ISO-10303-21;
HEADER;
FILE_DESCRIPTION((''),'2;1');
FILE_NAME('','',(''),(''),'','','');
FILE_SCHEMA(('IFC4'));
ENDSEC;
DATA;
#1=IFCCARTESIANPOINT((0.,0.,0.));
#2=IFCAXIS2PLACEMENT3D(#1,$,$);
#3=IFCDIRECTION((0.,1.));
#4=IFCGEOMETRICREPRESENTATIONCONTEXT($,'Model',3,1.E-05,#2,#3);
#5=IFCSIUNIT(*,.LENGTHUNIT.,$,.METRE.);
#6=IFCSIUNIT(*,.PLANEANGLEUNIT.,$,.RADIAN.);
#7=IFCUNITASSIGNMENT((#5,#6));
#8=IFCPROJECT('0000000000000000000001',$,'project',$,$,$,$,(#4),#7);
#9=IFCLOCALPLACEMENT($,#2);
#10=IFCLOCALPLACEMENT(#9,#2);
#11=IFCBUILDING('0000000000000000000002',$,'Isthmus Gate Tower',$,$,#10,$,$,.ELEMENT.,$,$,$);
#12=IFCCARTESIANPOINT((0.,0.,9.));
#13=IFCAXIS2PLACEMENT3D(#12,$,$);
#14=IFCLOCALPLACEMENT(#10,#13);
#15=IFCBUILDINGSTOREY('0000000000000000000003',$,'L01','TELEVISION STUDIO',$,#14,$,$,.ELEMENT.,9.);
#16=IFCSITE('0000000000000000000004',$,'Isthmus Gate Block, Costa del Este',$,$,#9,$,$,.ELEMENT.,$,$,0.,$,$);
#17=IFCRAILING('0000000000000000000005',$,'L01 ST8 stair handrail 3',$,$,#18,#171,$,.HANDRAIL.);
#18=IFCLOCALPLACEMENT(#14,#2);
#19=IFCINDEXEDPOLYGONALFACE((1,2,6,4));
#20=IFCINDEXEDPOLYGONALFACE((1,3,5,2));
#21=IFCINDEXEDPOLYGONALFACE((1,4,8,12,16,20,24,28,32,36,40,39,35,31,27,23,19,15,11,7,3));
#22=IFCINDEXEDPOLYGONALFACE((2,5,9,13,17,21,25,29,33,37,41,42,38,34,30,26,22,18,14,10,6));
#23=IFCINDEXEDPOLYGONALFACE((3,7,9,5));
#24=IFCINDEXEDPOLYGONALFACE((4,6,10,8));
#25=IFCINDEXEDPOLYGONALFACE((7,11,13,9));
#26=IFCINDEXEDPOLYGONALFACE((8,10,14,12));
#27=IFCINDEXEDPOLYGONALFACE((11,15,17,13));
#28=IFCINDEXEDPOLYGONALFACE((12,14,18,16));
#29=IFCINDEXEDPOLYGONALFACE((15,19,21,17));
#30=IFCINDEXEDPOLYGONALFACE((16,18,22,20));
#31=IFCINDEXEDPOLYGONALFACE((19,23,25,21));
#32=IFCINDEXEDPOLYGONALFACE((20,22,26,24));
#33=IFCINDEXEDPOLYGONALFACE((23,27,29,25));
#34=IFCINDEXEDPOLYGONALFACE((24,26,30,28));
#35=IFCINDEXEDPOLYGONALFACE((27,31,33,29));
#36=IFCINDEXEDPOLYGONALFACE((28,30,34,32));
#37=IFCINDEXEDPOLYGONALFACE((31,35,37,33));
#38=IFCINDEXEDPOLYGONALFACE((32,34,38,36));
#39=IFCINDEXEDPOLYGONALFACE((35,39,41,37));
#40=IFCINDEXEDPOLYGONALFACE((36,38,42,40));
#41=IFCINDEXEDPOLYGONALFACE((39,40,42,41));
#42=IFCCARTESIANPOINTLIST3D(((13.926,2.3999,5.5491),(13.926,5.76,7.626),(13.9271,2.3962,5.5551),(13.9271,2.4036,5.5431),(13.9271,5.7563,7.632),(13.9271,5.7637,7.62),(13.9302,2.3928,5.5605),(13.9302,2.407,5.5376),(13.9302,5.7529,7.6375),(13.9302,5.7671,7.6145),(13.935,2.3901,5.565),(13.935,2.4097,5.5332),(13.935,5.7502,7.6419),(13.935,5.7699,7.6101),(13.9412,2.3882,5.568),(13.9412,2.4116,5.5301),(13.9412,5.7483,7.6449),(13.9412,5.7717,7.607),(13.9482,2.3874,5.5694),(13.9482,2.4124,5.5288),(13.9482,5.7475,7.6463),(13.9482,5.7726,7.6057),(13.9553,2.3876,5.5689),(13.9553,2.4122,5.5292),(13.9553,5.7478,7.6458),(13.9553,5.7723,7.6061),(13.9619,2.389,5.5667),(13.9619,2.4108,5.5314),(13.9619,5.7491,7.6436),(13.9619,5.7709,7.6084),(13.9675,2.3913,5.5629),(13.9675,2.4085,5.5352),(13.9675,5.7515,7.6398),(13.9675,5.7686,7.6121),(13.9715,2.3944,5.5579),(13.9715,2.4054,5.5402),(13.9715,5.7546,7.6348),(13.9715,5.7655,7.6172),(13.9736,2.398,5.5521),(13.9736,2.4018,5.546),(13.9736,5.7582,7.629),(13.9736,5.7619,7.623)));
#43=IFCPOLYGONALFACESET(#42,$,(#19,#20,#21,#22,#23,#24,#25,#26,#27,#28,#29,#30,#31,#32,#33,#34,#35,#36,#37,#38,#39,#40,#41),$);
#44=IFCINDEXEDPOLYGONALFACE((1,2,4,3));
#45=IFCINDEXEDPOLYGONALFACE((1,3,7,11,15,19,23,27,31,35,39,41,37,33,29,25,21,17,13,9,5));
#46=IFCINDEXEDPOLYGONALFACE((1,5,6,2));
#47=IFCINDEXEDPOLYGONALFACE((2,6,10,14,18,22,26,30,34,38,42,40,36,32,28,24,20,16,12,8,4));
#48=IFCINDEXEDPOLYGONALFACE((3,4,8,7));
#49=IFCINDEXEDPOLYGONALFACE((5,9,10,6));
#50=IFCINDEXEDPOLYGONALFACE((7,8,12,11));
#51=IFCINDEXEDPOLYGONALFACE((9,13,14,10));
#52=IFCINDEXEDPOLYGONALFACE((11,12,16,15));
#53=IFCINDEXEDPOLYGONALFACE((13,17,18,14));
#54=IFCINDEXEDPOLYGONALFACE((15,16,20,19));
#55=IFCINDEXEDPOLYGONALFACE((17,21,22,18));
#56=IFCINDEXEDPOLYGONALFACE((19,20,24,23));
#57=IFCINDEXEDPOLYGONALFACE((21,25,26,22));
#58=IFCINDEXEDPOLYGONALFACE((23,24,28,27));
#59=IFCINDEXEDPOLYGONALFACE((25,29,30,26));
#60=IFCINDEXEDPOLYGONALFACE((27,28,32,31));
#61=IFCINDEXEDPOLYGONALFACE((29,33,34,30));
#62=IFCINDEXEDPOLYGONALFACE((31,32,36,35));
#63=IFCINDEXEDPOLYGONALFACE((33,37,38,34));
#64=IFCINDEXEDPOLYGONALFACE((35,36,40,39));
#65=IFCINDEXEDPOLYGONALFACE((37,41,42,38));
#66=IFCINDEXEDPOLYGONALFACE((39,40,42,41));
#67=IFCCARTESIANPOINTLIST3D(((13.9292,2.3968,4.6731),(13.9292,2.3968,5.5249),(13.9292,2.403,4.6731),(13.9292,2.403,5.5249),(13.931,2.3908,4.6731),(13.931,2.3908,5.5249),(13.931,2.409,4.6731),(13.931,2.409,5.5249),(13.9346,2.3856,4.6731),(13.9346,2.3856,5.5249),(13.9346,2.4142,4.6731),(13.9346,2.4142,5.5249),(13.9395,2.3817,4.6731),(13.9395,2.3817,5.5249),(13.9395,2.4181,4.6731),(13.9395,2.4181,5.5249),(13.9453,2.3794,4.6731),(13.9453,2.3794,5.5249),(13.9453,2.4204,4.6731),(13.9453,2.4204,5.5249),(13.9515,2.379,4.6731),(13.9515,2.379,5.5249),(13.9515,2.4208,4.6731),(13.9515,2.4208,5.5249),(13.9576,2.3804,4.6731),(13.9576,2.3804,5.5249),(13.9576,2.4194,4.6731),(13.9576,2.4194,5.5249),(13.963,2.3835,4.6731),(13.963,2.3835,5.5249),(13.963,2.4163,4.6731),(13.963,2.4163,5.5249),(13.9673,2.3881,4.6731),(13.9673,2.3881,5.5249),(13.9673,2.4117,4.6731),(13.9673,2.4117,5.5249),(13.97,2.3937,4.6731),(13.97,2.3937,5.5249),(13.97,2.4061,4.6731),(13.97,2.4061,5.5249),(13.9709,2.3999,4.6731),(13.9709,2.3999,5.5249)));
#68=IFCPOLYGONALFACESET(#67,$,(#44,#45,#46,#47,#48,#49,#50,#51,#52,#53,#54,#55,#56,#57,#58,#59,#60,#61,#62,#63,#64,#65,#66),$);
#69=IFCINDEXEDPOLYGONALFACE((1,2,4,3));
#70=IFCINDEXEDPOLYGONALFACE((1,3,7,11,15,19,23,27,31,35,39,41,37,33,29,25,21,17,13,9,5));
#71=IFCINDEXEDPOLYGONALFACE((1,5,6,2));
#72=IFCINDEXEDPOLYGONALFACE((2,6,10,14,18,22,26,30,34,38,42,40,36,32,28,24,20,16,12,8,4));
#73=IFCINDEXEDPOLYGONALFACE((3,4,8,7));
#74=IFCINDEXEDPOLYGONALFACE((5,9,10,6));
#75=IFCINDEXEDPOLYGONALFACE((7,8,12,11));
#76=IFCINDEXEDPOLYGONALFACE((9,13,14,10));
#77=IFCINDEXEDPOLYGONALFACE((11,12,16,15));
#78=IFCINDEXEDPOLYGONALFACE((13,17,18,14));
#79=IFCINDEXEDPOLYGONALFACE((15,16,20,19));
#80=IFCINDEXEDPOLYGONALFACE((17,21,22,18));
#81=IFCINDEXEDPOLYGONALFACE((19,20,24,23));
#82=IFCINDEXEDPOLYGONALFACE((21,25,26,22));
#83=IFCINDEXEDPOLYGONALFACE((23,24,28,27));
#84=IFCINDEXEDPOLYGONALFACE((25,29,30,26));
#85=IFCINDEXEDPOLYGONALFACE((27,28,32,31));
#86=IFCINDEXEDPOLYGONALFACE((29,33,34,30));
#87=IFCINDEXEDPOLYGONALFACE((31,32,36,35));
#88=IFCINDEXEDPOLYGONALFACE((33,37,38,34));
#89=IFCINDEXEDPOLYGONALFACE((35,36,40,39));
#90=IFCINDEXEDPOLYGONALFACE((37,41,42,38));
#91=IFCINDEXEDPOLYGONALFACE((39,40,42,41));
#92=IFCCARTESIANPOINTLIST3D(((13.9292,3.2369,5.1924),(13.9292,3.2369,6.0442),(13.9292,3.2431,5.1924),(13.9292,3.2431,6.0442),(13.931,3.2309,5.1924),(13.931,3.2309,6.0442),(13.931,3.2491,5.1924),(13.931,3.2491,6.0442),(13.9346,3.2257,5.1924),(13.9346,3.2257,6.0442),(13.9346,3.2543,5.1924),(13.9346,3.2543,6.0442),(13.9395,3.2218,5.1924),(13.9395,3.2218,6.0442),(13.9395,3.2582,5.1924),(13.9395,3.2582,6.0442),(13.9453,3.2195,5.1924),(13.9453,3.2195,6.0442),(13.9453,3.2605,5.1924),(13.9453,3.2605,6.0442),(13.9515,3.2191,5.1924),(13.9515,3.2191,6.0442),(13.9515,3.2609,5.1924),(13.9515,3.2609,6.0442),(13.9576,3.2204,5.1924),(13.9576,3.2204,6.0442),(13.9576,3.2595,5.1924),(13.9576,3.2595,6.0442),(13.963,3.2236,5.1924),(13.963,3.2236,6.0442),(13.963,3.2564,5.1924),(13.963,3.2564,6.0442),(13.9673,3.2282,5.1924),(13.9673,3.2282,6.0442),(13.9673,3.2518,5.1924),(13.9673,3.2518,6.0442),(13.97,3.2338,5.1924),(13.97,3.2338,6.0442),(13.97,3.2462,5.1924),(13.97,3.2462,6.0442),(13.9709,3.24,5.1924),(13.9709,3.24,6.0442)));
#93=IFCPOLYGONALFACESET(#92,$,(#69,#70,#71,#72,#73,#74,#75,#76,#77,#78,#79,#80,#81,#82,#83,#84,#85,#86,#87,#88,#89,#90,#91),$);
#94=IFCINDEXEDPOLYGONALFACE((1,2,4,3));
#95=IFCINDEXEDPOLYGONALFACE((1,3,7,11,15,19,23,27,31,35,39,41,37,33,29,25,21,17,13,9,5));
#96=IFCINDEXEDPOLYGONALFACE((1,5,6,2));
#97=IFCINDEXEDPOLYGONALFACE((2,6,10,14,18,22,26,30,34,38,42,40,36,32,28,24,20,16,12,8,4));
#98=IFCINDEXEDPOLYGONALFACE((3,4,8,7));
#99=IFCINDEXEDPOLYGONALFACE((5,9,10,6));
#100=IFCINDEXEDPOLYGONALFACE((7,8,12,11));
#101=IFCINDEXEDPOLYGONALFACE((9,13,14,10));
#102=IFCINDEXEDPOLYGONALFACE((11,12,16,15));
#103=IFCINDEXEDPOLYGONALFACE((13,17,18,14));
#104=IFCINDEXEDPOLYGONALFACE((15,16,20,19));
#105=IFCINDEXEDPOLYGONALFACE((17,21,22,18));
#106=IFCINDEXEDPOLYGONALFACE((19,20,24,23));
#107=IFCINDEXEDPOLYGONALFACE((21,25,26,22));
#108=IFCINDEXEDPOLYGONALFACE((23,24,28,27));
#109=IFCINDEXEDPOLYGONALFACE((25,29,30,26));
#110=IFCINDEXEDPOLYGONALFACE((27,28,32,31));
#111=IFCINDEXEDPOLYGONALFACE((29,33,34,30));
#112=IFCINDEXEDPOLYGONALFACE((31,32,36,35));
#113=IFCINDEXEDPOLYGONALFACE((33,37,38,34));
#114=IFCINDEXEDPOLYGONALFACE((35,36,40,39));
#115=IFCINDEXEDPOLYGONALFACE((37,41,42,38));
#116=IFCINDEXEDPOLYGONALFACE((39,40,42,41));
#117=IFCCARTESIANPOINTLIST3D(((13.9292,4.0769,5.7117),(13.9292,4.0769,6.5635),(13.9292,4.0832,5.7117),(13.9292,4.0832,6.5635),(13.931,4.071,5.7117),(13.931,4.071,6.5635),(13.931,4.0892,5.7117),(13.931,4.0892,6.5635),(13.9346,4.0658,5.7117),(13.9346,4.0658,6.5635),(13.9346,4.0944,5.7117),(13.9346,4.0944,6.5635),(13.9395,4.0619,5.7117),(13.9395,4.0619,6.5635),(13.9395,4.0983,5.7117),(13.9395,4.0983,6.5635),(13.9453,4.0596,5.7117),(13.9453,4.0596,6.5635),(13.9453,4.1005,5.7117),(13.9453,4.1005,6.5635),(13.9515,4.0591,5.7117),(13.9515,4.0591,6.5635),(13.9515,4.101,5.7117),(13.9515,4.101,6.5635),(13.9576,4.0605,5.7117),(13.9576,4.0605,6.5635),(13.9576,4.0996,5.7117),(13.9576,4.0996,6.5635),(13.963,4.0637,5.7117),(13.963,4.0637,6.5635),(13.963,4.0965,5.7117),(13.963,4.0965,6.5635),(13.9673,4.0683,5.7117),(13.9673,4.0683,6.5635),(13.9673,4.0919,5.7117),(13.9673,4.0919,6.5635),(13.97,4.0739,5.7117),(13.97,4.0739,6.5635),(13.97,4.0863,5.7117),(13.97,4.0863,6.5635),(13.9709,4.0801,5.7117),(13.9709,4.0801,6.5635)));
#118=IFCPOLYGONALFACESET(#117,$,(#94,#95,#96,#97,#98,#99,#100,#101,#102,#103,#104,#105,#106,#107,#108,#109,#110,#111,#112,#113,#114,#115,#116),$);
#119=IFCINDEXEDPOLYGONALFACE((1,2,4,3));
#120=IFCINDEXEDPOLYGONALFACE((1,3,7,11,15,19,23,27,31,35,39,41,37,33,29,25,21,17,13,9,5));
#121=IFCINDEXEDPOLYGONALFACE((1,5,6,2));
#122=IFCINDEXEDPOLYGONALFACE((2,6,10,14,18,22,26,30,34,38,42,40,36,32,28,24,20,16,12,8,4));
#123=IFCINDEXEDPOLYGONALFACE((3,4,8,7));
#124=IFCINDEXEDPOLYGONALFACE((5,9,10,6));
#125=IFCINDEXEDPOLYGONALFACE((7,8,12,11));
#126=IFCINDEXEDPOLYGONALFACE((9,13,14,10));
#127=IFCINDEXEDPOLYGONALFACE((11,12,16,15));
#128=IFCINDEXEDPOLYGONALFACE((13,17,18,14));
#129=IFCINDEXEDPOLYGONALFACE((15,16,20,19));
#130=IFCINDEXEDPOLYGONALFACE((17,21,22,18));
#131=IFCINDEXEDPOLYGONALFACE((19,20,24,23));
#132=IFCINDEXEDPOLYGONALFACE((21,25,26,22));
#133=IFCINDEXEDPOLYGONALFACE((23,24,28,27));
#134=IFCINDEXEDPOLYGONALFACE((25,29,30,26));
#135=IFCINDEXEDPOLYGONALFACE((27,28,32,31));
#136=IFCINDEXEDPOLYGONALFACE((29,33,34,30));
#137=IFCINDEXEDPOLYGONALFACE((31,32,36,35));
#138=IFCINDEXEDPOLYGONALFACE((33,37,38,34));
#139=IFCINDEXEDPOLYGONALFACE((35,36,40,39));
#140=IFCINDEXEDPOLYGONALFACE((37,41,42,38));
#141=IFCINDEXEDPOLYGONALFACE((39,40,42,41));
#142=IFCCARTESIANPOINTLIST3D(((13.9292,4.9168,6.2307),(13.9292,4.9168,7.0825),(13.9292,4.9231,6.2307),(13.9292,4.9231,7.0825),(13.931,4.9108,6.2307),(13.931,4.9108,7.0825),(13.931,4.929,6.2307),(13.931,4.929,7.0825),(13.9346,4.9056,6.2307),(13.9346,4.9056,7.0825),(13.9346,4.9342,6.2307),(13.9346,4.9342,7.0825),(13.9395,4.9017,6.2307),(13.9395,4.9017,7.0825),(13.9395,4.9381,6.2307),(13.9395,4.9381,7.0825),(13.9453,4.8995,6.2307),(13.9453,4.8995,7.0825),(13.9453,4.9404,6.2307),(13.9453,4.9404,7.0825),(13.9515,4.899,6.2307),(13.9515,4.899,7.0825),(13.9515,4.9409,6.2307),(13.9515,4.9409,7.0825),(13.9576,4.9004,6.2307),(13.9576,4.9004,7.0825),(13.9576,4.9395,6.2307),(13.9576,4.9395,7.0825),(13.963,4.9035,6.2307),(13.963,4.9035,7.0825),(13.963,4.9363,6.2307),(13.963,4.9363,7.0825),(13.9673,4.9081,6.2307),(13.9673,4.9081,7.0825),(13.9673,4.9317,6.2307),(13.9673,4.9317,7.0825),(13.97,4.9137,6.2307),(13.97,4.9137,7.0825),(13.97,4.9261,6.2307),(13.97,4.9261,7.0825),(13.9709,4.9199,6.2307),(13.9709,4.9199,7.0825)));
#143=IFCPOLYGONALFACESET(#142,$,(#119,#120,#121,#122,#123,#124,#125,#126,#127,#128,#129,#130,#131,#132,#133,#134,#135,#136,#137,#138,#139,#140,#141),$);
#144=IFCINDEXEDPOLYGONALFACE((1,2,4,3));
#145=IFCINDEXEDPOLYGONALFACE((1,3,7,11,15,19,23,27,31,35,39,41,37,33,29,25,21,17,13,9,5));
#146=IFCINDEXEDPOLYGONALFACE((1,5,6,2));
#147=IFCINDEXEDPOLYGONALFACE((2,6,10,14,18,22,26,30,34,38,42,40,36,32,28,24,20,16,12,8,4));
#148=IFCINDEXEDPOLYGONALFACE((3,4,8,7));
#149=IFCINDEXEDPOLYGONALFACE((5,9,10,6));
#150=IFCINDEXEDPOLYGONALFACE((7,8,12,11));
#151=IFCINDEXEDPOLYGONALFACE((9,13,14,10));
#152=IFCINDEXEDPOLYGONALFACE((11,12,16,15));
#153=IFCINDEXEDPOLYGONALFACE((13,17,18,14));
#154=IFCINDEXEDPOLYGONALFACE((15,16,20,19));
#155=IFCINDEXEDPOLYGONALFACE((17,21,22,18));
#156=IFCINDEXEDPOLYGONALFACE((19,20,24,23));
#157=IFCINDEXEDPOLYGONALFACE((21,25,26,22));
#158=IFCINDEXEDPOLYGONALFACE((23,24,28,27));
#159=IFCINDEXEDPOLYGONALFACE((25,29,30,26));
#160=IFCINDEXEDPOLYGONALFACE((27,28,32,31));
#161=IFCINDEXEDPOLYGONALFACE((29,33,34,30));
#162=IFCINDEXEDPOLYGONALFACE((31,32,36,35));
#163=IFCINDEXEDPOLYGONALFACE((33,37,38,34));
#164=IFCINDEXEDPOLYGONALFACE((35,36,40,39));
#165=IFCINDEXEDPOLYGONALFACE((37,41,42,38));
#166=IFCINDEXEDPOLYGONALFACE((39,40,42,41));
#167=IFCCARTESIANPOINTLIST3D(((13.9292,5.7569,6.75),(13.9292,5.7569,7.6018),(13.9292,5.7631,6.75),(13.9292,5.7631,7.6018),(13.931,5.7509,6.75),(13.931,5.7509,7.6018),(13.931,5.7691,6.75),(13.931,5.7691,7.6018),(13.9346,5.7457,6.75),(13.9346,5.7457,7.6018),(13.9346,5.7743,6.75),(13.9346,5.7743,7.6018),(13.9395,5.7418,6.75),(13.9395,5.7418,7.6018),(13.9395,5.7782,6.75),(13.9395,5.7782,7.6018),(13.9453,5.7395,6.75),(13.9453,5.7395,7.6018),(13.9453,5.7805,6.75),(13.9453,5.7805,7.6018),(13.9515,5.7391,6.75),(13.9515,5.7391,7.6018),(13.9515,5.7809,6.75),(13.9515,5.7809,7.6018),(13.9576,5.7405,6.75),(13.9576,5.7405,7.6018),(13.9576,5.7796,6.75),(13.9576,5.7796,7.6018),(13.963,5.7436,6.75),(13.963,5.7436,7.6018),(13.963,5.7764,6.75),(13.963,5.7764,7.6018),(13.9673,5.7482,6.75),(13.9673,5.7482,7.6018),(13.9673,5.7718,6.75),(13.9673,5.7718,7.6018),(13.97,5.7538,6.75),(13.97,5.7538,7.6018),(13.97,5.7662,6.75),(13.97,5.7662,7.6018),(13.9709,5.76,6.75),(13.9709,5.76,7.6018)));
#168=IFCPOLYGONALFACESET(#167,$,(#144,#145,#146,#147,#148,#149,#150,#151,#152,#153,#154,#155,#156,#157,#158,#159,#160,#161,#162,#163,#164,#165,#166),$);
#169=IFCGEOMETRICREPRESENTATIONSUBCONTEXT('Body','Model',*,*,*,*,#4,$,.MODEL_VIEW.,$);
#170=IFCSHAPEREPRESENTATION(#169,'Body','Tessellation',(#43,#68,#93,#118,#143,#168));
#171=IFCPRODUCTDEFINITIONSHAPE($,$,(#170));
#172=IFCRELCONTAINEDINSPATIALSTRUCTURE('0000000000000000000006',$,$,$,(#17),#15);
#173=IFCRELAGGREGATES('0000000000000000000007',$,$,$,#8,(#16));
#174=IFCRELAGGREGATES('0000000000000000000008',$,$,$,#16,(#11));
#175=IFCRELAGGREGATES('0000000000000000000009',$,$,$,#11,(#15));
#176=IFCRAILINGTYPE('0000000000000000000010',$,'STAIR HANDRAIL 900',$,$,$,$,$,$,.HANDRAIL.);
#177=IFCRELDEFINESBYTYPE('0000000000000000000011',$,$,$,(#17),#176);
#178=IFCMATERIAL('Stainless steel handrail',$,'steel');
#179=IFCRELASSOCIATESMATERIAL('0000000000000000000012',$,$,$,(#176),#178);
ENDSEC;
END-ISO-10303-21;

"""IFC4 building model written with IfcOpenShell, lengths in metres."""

from ifc_helpers import new_model, si_unit, direction, frame, origin, origin_2d, place, context, subcontext, project, spatial, circle, extrude, material, type_object, element, save


model = new_model("IFC4")

# Units and contexts
model_context = context("Model", 3, precision=1e-05, world=origin(), true_north=direction((0.0, 1.0)))
body_context = subcontext(model_context, "Body", "Model", "MODEL_VIEW")
ifc_project = project(units=[si_unit("LENGTHUNIT", "METRE"), si_unit("PLANEANGLEUNIT", "RADIAN")], contexts=[model_context])

# Site, building, storey
site_placement = place(None, origin())
site = spatial("IfcSite", under=ifc_project, at=site_placement, Name="Isthmus Gate Block, Costa del Este", CompositionType="ELEMENT", RefElevation=0.0)
building_placement = place(site_placement, origin())
building = spatial("IfcBuilding", under=site, at=building_placement, Name="Isthmus Gate Tower", CompositionType="ELEMENT")
storey_placement = place(building_placement, frame((0.0, 0.0, 9.0)))
storey = spatial("IfcBuildingStorey", under=building, at=storey_placement, Name="L01", Description="TELEVISION STUDIO", CompositionType="ELEMENT", Elevation=9.0)

# Railing
ifc_material_1 = material(Name="Stainless steel handrail", Category="steel")
railing_type_1 = type_object("IfcRailingType", Name="STAIR HANDRAIL 900", PredefinedType="HANDRAIL", material=ifc_material_1)
railing_1_placement = place(storey_placement, frame((13.95, 2.3999, 4.6731)))
element("IfcRailing", 1, at=railing_1_placement, inside=storey, type_object=railing_type_1, Name="L01 ST8 stair handrail 3", PredefinedType="HANDRAIL", context=body_context, shape_type="SweptSolid", body=[
    extrude(circle(Radius=0.0239, at=origin_2d()), frame((0.0, 0.0, 0.876), z_axis=(0.0, 0.850623, 0.525776), x_axis=(-1.0, 0.0, 0.0)), (0.0, 0.0, 1.0), 3.9502),
    extrude(circle(Radius=0.021, at=origin_2d()), origin(), (0.0, 0.0, 1.0), 0.8518),
    extrude(circle(Radius=0.021, at=origin_2d()), frame((0.0, 0.8401, 0.5193)), (0.0, 0.0, 1.0), 0.8518),
    extrude(circle(Radius=0.021, at=origin_2d()), frame((0.0, 1.6802, 1.0386)), (0.0, 0.0, 1.0), 0.8518),
    extrude(circle(Radius=0.021, at=origin_2d()), frame((0.0, 2.52, 1.5576)), (0.0, 0.0, 1.0), 0.8518),
    extrude(circle(Radius=0.021, at=origin_2d()), frame((0.0, 3.3601, 2.0769)), (0.0, 0.0, 1.0), 0.8518),
])

save(model, "model.ifc")
